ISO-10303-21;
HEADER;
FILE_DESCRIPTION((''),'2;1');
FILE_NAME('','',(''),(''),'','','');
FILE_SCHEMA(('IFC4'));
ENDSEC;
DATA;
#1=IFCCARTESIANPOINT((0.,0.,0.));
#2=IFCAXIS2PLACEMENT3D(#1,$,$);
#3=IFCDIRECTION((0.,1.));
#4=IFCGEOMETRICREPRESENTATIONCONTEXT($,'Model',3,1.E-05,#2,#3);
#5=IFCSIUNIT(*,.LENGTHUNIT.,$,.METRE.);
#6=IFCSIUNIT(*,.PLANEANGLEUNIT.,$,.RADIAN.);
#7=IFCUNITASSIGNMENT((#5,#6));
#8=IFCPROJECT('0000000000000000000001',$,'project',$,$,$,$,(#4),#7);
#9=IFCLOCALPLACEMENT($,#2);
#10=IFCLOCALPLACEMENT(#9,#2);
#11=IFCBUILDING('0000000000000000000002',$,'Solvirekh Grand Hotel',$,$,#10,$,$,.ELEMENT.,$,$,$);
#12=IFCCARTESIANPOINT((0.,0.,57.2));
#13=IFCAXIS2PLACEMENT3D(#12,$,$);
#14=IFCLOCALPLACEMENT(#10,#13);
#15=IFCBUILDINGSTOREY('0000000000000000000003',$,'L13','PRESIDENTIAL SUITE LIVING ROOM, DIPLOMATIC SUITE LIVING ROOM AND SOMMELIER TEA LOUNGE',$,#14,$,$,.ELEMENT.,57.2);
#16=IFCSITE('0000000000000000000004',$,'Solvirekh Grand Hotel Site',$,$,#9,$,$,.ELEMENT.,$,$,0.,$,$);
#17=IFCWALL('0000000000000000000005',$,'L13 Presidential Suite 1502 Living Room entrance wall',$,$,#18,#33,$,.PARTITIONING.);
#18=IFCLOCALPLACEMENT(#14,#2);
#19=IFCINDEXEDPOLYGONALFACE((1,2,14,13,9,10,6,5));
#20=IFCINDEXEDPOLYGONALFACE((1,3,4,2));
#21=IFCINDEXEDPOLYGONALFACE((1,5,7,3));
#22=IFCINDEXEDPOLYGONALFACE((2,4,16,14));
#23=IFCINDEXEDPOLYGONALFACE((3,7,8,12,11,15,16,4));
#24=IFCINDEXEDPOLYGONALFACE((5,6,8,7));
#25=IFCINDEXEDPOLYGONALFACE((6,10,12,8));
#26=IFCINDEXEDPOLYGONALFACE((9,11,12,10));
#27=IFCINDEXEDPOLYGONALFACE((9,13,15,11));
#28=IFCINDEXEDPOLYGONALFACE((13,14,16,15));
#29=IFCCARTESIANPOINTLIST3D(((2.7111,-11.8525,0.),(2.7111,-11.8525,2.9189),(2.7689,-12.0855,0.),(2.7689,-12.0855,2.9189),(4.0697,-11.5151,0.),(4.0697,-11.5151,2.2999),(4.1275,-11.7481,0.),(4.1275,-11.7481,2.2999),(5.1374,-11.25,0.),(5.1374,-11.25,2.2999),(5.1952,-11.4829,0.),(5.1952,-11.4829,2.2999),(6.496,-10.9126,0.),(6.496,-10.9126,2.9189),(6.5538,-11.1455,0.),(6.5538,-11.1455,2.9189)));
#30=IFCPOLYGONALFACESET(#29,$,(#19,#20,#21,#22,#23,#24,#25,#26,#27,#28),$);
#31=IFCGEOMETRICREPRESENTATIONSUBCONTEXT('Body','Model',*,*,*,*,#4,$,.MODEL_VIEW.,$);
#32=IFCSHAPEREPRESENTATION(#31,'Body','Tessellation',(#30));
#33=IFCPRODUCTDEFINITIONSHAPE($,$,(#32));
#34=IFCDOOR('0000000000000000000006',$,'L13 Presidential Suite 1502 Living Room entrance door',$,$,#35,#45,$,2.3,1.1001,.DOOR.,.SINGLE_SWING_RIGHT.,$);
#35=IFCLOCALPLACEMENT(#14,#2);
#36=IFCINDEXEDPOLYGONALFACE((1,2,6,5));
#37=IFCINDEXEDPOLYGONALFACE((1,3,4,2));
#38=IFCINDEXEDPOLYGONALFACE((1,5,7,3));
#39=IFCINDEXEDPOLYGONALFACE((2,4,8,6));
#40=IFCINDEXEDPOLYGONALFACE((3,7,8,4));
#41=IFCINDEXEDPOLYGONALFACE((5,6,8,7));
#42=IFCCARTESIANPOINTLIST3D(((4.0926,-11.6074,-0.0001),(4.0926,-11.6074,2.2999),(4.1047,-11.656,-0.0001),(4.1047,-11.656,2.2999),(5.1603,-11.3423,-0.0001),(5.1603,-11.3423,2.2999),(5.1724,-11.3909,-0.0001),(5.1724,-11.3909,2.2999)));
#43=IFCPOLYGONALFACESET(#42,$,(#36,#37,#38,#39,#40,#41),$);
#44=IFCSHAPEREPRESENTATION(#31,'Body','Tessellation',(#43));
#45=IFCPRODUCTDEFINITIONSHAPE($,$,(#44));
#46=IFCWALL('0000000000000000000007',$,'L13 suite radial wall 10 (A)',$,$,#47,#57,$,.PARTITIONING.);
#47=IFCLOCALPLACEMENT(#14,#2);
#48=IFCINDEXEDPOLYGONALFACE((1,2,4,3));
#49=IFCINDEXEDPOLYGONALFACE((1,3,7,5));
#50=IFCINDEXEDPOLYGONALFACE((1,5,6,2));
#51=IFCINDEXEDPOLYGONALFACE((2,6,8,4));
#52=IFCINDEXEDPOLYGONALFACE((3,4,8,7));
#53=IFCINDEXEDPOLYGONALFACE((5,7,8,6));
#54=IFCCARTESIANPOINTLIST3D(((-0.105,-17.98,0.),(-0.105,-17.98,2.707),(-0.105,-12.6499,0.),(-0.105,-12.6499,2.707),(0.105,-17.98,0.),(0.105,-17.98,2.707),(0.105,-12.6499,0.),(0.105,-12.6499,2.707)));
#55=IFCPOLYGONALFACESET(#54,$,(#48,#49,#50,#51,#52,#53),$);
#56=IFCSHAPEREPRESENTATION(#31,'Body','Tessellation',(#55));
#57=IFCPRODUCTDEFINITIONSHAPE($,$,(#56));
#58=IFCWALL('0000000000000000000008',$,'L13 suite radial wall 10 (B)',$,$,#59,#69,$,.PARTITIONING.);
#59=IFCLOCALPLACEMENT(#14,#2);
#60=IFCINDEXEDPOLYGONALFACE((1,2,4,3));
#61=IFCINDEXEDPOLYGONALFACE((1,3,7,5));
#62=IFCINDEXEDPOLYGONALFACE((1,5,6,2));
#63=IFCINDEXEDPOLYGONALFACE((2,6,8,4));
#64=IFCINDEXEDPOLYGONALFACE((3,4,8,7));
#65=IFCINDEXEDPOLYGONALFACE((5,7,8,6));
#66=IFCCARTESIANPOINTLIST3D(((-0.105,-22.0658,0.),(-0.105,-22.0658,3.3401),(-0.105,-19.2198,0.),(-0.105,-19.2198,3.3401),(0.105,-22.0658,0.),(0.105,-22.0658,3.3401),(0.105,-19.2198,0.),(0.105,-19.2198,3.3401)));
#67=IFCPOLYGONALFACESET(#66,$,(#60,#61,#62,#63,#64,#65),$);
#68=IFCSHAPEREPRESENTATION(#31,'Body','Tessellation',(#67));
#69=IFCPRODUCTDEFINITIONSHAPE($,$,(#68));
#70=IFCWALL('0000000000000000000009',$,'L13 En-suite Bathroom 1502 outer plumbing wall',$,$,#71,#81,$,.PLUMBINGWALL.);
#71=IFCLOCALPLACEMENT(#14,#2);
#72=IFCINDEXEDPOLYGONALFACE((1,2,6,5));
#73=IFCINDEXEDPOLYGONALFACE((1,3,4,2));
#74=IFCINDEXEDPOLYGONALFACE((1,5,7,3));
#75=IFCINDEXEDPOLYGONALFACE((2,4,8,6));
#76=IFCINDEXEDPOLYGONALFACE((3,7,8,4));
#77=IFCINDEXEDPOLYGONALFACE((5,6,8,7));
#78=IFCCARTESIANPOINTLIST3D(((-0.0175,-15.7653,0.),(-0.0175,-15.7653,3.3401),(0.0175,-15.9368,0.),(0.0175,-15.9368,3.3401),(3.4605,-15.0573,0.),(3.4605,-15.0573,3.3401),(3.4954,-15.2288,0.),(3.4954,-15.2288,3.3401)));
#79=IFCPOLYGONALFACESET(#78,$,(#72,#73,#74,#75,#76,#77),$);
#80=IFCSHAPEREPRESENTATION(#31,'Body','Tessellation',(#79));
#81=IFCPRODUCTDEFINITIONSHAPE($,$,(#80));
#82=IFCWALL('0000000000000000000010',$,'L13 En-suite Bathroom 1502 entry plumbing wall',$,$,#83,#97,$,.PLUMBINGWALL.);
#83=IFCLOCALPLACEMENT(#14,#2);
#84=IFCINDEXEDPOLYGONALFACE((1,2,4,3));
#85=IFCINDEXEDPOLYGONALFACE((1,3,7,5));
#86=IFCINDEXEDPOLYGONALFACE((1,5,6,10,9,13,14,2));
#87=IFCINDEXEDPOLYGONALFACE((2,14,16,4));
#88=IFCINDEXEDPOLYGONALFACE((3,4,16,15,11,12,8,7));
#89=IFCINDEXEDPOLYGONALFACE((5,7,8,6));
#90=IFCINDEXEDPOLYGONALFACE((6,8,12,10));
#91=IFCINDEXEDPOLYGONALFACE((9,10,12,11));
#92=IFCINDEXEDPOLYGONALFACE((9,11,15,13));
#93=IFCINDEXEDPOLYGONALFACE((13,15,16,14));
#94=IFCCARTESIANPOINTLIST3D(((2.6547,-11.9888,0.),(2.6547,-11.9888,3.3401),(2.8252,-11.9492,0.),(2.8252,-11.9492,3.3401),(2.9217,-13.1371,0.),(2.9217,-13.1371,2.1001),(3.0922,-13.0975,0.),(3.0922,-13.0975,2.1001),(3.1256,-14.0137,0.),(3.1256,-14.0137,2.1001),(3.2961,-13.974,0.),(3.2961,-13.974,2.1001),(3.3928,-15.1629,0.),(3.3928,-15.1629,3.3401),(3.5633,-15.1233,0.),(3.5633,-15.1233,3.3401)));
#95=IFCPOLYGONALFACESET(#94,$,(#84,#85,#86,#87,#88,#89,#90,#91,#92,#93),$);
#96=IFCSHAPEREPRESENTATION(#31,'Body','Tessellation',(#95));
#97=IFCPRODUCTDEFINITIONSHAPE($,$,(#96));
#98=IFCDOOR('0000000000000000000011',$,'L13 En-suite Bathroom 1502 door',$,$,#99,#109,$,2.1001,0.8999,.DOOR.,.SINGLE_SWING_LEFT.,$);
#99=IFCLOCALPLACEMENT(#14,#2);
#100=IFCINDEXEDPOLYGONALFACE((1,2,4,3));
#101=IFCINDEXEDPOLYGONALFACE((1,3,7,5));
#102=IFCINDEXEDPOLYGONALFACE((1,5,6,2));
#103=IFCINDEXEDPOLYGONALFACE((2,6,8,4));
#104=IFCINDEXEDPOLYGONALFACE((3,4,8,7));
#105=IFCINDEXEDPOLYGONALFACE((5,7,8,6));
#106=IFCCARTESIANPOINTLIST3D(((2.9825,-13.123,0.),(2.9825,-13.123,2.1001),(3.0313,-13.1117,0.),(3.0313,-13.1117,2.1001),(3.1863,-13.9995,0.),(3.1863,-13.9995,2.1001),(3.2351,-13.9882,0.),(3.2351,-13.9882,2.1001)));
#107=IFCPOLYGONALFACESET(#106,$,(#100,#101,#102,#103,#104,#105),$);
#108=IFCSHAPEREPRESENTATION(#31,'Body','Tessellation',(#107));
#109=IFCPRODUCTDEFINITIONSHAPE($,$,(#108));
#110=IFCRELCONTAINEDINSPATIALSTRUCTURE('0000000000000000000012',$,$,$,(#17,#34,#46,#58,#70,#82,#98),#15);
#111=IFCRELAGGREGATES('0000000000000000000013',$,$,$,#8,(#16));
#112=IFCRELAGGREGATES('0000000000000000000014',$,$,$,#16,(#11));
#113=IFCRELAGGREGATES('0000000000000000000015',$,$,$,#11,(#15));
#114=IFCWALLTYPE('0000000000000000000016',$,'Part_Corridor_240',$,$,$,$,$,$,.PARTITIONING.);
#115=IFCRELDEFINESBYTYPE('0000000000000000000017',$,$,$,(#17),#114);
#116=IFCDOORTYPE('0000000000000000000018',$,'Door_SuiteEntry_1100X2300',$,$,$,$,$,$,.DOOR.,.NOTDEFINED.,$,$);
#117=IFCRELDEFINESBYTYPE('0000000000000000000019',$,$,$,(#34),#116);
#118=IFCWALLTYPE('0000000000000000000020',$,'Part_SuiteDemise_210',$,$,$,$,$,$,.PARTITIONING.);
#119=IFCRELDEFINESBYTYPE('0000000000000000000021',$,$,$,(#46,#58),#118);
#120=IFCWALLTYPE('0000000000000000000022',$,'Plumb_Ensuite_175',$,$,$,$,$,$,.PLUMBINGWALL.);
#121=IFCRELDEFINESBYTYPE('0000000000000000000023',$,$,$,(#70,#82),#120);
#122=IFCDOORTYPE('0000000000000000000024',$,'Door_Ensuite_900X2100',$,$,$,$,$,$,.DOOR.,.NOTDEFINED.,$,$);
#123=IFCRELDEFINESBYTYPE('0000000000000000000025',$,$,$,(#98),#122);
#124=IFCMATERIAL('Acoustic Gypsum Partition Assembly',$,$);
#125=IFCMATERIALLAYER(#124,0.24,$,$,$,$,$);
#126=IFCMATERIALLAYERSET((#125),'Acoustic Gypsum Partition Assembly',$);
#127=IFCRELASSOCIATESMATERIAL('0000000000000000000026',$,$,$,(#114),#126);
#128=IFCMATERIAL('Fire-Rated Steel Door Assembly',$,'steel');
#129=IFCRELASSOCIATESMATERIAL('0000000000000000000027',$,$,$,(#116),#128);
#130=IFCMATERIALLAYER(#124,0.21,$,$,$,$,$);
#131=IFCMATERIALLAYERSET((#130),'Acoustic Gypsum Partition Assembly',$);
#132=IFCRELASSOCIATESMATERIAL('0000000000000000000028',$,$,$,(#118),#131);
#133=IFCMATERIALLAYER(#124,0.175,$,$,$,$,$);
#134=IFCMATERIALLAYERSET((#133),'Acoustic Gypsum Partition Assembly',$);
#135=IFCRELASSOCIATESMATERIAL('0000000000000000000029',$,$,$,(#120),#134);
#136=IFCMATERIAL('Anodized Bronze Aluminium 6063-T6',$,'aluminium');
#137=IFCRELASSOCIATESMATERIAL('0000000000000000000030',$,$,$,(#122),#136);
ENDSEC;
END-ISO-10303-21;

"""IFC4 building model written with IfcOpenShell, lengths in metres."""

from ifc_helpers import new_model, si_unit, direction, frame, frame_2d, origin, place, context, subcontext, project, spatial, rectangle, extrude, material, layer, layer_set, type_object, element, fill, save


model = new_model("IFC4")

# Units and contexts
model_context = context("Model", 3, precision=1e-05, world=origin(), true_north=direction((0.0, 1.0)))
body_context = subcontext(model_context, "Body", "Model", "MODEL_VIEW")
ifc_project = project(units=[si_unit("LENGTHUNIT", "METRE"), si_unit("PLANEANGLEUNIT", "RADIAN")], contexts=[model_context])

# Site, building, storey
site_placement = place(None, origin())
site = spatial("IfcSite", under=ifc_project, at=site_placement, Name="Solvirekh Grand Hotel Site", CompositionType="ELEMENT", RefElevation=0.0)
building_placement = place(site_placement, origin())
building = spatial("IfcBuilding", under=site, at=building_placement, Name="Solvirekh Grand Hotel", CompositionType="ELEMENT")
storey_placement = place(building_placement, frame((0.0, 0.0, 57.2)))
storey = spatial("IfcBuildingStorey", under=building, at=storey_placement, Name="L13", Description="PRESIDENTIAL SUITE LIVING ROOM, DIPLOMATIC SUITE LIVING ROOM AND SOMMELIER TEA LOUNGE", CompositionType="ELEMENT", Elevation=57.2)

# Shared definitions
ifc_material_1 = material(Name="Acoustic Gypsum Partition Assembly")
ifc_layer_1 = layer(ifc_material_1, 0.24)
ifc_layer_set_1 = layer_set([ifc_layer_1], Name="Acoustic Gypsum Partition Assembly")
wall_type_1 = type_object("IfcWallType", Name="Part_Corridor_240", PredefinedType="PARTITIONING", material=ifc_layer_set_1)

# Wall, opening, door
wall_1_placement = place(storey_placement, frame((2.74, -11.969, 0.0), z_axis=(0.0, 0.0, 1.0), x_axis=(0.970521, 0.241018, 0.0)))
wall_1 = element("IfcWall", 1, at=wall_1_placement, inside=storey, type_object=wall_type_1, Name="L13 Presidential Suite 1502 Living Room entrance wall", PredefinedType="PARTITIONING", context=body_context, shape_type="SweptSolid", body=[
    extrude(rectangle(XDim=3.8999, YDim=0.24, at=frame_2d((1.95, 0.0))), origin(), (0.0, 0.0, 1.0), 2.9189),
])
opening_1_placement = place(wall_1_placement, frame((1.3999, 0.0, 0.0)))
opening_1 = element("IfcOpeningElement", 2, at=opening_1_placement, cuts=wall_1, PredefinedType="OPENING", context=body_context, shape_type="SweptSolid", body=[
    extrude(rectangle(XDim=1.1001, YDim=2.3, at=frame_2d((0.55, 1.1499))), frame((0.0, 0.1299, 0.0), z_axis=(0.0, -1.0, 0.0), x_axis=(1.0, 0.0, 0.0)), (0.0, 0.0, 1.0), 0.26),
])
ifc_material_2 = material(Name="Fire-Rated Steel Door Assembly", Category="steel")
door_type_1 = type_object("IfcDoorType", Name="Door_SuiteEntry_1100X2300", OperationType="NOTDEFINED", PredefinedType="DOOR", material=ifc_material_2)
door_1_placement = place(opening_1_placement, origin())
door_1 = element("IfcDoor", 3, at=door_1_placement, inside=storey, type_object=door_type_1, Name="L13 Presidential Suite 1502 Living Room entrance door", OperationType="SINGLE_SWING_RIGHT", OverallHeight=2.3, OverallWidth=1.1001, PredefinedType="DOOR", context=body_context, shape_type="SweptSolid", body=[
    extrude(rectangle(XDim=1.1001, YDim=2.3, at=frame_2d((0.55, 1.1499))), frame((0.0, 0.0249, 0.0), z_axis=(0.0, -1.0, 0.0), x_axis=(1.0, 0.0, 0.0)), (0.0, 0.0, 1.0), 0.05),
])
fill(opening_1, door_1)

# Walls
ifc_layer_2 = layer(ifc_material_1, 0.21)
ifc_layer_set_2 = layer_set([ifc_layer_2], Name="Acoustic Gypsum Partition Assembly")
wall_type_2 = type_object("IfcWallType", Name="Part_SuiteDemise_210", PredefinedType="PARTITIONING", material=ifc_layer_set_2)
wall_2_placement = place(storey_placement, frame((0.0, -12.6499, 0.0), z_axis=(0.0, 0.0, 1.0), x_axis=(0.0, -1.0, 0.0)))
element("IfcWall", 4, at=wall_2_placement, inside=storey, type_object=wall_type_2, Name="L13 suite radial wall 10 (A)", PredefinedType="PARTITIONING", context=body_context, shape_type="SweptSolid", body=[
    extrude(rectangle(XDim=5.3301, YDim=0.21, at=frame_2d((2.665, 0.0))), origin(), (0.0, 0.0, 1.0), 2.707),
])
wall_3_placement = place(storey_placement, frame((0.0, -19.22, 0.0), z_axis=(0.0, 0.0, 1.0), x_axis=(0.0, -1.0, 0.0)))
element("IfcWall", 5, at=wall_3_placement, inside=storey, type_object=wall_type_2, Name="L13 suite radial wall 10 (B)", PredefinedType="PARTITIONING", context=body_context, shape_type="SweptSolid", body=[
    extrude(rectangle(XDim=2.8459, YDim=0.21, at=frame_2d((1.4229, 0.0))), origin(), (0.0, 0.0, 1.0), 3.3401),
])
ifc_layer_3 = layer(ifc_material_1, 0.175)
ifc_layer_set_3 = layer_set([ifc_layer_3], Name="Acoustic Gypsum Partition Assembly")
wall_type_3 = type_object("IfcWallType", Name="Plumb_Ensuite_175", PredefinedType="PLUMBINGWALL", material=ifc_layer_set_3)
wall_4_placement = place(storey_placement, frame((0.0, -15.8511, 0.0), z_axis=(0.0, 0.0, 1.0), x_axis=(0.979903, 0.199475, 0.0)))
element("IfcWall", 6, at=wall_4_placement, inside=storey, type_object=wall_type_3, Name="L13 En-suite Bathroom 1502 outer plumbing wall", PredefinedType="PLUMBINGWALL", context=body_context, shape_type="SweptSolid", body=[
    extrude(rectangle(XDim=3.5493, YDim=0.175, at=frame_2d((1.7747, 0.0))), origin(), (0.0, 0.0, 1.0), 3.3401),
])

# Wall, opening, door
wall_5_placement = place(storey_placement, frame((2.74, -11.969, 0.0), z_axis=(0.0, 0.0, 1.0), x_axis=(0.226479, -0.974016, 0.0)))
wall_5 = element("IfcWall", 7, at=wall_5_placement, inside=storey, type_object=wall_type_3, Name="L13 En-suite Bathroom 1502 entry plumbing wall", PredefinedType="PLUMBINGWALL", context=body_context, shape_type="SweptSolid", body=[
    extrude(rectangle(XDim=3.2588, YDim=0.175, at=frame_2d((1.6294, 0.0))), origin(), (0.0, 0.0, 1.0), 3.3401),
])
opening_2_placement = place(wall_5_placement, frame((1.179, 0.0, 0.0)))
opening_2 = element("IfcOpeningElement", 8, at=opening_2_placement, cuts=wall_5, PredefinedType="OPENING", context=body_context, shape_type="SweptSolid", body=[
    extrude(rectangle(XDim=0.8999, YDim=2.1001, at=frame_2d((0.45, 1.05))), frame((0.0, 0.0977, 0.0), z_axis=(0.0, -1.0, 0.0), x_axis=(1.0, 0.0, 0.0)), (0.0, 0.0, 1.0), 0.1951),
])
ifc_material_3 = material(Name="Anodized Bronze Aluminium 6063-T6", Category="aluminium")
door_type_2 = type_object("IfcDoorType", Name="Door_Ensuite_900X2100", OperationType="NOTDEFINED", PredefinedType="DOOR", material=ifc_material_3)
door_2_placement = place(opening_2_placement, origin())
door_2 = element("IfcDoor", 9, at=door_2_placement, inside=storey, type_object=door_type_2, Name="L13 En-suite Bathroom 1502 door", OperationType="SINGLE_SWING_LEFT", OverallHeight=2.1001, OverallWidth=0.8999, PredefinedType="DOOR", context=body_context, shape_type="SweptSolid", body=[
    extrude(rectangle(XDim=0.8999, YDim=2.1001, at=frame_2d((0.45, 1.05))), frame((0.0, 0.0249, 0.0), z_axis=(0.0, -1.0, 0.0), x_axis=(1.0, 0.0, 0.0)), (0.0, 0.0, 1.0), 0.05),
])
fill(opening_2, door_2)

save(model, "model.ifc")
